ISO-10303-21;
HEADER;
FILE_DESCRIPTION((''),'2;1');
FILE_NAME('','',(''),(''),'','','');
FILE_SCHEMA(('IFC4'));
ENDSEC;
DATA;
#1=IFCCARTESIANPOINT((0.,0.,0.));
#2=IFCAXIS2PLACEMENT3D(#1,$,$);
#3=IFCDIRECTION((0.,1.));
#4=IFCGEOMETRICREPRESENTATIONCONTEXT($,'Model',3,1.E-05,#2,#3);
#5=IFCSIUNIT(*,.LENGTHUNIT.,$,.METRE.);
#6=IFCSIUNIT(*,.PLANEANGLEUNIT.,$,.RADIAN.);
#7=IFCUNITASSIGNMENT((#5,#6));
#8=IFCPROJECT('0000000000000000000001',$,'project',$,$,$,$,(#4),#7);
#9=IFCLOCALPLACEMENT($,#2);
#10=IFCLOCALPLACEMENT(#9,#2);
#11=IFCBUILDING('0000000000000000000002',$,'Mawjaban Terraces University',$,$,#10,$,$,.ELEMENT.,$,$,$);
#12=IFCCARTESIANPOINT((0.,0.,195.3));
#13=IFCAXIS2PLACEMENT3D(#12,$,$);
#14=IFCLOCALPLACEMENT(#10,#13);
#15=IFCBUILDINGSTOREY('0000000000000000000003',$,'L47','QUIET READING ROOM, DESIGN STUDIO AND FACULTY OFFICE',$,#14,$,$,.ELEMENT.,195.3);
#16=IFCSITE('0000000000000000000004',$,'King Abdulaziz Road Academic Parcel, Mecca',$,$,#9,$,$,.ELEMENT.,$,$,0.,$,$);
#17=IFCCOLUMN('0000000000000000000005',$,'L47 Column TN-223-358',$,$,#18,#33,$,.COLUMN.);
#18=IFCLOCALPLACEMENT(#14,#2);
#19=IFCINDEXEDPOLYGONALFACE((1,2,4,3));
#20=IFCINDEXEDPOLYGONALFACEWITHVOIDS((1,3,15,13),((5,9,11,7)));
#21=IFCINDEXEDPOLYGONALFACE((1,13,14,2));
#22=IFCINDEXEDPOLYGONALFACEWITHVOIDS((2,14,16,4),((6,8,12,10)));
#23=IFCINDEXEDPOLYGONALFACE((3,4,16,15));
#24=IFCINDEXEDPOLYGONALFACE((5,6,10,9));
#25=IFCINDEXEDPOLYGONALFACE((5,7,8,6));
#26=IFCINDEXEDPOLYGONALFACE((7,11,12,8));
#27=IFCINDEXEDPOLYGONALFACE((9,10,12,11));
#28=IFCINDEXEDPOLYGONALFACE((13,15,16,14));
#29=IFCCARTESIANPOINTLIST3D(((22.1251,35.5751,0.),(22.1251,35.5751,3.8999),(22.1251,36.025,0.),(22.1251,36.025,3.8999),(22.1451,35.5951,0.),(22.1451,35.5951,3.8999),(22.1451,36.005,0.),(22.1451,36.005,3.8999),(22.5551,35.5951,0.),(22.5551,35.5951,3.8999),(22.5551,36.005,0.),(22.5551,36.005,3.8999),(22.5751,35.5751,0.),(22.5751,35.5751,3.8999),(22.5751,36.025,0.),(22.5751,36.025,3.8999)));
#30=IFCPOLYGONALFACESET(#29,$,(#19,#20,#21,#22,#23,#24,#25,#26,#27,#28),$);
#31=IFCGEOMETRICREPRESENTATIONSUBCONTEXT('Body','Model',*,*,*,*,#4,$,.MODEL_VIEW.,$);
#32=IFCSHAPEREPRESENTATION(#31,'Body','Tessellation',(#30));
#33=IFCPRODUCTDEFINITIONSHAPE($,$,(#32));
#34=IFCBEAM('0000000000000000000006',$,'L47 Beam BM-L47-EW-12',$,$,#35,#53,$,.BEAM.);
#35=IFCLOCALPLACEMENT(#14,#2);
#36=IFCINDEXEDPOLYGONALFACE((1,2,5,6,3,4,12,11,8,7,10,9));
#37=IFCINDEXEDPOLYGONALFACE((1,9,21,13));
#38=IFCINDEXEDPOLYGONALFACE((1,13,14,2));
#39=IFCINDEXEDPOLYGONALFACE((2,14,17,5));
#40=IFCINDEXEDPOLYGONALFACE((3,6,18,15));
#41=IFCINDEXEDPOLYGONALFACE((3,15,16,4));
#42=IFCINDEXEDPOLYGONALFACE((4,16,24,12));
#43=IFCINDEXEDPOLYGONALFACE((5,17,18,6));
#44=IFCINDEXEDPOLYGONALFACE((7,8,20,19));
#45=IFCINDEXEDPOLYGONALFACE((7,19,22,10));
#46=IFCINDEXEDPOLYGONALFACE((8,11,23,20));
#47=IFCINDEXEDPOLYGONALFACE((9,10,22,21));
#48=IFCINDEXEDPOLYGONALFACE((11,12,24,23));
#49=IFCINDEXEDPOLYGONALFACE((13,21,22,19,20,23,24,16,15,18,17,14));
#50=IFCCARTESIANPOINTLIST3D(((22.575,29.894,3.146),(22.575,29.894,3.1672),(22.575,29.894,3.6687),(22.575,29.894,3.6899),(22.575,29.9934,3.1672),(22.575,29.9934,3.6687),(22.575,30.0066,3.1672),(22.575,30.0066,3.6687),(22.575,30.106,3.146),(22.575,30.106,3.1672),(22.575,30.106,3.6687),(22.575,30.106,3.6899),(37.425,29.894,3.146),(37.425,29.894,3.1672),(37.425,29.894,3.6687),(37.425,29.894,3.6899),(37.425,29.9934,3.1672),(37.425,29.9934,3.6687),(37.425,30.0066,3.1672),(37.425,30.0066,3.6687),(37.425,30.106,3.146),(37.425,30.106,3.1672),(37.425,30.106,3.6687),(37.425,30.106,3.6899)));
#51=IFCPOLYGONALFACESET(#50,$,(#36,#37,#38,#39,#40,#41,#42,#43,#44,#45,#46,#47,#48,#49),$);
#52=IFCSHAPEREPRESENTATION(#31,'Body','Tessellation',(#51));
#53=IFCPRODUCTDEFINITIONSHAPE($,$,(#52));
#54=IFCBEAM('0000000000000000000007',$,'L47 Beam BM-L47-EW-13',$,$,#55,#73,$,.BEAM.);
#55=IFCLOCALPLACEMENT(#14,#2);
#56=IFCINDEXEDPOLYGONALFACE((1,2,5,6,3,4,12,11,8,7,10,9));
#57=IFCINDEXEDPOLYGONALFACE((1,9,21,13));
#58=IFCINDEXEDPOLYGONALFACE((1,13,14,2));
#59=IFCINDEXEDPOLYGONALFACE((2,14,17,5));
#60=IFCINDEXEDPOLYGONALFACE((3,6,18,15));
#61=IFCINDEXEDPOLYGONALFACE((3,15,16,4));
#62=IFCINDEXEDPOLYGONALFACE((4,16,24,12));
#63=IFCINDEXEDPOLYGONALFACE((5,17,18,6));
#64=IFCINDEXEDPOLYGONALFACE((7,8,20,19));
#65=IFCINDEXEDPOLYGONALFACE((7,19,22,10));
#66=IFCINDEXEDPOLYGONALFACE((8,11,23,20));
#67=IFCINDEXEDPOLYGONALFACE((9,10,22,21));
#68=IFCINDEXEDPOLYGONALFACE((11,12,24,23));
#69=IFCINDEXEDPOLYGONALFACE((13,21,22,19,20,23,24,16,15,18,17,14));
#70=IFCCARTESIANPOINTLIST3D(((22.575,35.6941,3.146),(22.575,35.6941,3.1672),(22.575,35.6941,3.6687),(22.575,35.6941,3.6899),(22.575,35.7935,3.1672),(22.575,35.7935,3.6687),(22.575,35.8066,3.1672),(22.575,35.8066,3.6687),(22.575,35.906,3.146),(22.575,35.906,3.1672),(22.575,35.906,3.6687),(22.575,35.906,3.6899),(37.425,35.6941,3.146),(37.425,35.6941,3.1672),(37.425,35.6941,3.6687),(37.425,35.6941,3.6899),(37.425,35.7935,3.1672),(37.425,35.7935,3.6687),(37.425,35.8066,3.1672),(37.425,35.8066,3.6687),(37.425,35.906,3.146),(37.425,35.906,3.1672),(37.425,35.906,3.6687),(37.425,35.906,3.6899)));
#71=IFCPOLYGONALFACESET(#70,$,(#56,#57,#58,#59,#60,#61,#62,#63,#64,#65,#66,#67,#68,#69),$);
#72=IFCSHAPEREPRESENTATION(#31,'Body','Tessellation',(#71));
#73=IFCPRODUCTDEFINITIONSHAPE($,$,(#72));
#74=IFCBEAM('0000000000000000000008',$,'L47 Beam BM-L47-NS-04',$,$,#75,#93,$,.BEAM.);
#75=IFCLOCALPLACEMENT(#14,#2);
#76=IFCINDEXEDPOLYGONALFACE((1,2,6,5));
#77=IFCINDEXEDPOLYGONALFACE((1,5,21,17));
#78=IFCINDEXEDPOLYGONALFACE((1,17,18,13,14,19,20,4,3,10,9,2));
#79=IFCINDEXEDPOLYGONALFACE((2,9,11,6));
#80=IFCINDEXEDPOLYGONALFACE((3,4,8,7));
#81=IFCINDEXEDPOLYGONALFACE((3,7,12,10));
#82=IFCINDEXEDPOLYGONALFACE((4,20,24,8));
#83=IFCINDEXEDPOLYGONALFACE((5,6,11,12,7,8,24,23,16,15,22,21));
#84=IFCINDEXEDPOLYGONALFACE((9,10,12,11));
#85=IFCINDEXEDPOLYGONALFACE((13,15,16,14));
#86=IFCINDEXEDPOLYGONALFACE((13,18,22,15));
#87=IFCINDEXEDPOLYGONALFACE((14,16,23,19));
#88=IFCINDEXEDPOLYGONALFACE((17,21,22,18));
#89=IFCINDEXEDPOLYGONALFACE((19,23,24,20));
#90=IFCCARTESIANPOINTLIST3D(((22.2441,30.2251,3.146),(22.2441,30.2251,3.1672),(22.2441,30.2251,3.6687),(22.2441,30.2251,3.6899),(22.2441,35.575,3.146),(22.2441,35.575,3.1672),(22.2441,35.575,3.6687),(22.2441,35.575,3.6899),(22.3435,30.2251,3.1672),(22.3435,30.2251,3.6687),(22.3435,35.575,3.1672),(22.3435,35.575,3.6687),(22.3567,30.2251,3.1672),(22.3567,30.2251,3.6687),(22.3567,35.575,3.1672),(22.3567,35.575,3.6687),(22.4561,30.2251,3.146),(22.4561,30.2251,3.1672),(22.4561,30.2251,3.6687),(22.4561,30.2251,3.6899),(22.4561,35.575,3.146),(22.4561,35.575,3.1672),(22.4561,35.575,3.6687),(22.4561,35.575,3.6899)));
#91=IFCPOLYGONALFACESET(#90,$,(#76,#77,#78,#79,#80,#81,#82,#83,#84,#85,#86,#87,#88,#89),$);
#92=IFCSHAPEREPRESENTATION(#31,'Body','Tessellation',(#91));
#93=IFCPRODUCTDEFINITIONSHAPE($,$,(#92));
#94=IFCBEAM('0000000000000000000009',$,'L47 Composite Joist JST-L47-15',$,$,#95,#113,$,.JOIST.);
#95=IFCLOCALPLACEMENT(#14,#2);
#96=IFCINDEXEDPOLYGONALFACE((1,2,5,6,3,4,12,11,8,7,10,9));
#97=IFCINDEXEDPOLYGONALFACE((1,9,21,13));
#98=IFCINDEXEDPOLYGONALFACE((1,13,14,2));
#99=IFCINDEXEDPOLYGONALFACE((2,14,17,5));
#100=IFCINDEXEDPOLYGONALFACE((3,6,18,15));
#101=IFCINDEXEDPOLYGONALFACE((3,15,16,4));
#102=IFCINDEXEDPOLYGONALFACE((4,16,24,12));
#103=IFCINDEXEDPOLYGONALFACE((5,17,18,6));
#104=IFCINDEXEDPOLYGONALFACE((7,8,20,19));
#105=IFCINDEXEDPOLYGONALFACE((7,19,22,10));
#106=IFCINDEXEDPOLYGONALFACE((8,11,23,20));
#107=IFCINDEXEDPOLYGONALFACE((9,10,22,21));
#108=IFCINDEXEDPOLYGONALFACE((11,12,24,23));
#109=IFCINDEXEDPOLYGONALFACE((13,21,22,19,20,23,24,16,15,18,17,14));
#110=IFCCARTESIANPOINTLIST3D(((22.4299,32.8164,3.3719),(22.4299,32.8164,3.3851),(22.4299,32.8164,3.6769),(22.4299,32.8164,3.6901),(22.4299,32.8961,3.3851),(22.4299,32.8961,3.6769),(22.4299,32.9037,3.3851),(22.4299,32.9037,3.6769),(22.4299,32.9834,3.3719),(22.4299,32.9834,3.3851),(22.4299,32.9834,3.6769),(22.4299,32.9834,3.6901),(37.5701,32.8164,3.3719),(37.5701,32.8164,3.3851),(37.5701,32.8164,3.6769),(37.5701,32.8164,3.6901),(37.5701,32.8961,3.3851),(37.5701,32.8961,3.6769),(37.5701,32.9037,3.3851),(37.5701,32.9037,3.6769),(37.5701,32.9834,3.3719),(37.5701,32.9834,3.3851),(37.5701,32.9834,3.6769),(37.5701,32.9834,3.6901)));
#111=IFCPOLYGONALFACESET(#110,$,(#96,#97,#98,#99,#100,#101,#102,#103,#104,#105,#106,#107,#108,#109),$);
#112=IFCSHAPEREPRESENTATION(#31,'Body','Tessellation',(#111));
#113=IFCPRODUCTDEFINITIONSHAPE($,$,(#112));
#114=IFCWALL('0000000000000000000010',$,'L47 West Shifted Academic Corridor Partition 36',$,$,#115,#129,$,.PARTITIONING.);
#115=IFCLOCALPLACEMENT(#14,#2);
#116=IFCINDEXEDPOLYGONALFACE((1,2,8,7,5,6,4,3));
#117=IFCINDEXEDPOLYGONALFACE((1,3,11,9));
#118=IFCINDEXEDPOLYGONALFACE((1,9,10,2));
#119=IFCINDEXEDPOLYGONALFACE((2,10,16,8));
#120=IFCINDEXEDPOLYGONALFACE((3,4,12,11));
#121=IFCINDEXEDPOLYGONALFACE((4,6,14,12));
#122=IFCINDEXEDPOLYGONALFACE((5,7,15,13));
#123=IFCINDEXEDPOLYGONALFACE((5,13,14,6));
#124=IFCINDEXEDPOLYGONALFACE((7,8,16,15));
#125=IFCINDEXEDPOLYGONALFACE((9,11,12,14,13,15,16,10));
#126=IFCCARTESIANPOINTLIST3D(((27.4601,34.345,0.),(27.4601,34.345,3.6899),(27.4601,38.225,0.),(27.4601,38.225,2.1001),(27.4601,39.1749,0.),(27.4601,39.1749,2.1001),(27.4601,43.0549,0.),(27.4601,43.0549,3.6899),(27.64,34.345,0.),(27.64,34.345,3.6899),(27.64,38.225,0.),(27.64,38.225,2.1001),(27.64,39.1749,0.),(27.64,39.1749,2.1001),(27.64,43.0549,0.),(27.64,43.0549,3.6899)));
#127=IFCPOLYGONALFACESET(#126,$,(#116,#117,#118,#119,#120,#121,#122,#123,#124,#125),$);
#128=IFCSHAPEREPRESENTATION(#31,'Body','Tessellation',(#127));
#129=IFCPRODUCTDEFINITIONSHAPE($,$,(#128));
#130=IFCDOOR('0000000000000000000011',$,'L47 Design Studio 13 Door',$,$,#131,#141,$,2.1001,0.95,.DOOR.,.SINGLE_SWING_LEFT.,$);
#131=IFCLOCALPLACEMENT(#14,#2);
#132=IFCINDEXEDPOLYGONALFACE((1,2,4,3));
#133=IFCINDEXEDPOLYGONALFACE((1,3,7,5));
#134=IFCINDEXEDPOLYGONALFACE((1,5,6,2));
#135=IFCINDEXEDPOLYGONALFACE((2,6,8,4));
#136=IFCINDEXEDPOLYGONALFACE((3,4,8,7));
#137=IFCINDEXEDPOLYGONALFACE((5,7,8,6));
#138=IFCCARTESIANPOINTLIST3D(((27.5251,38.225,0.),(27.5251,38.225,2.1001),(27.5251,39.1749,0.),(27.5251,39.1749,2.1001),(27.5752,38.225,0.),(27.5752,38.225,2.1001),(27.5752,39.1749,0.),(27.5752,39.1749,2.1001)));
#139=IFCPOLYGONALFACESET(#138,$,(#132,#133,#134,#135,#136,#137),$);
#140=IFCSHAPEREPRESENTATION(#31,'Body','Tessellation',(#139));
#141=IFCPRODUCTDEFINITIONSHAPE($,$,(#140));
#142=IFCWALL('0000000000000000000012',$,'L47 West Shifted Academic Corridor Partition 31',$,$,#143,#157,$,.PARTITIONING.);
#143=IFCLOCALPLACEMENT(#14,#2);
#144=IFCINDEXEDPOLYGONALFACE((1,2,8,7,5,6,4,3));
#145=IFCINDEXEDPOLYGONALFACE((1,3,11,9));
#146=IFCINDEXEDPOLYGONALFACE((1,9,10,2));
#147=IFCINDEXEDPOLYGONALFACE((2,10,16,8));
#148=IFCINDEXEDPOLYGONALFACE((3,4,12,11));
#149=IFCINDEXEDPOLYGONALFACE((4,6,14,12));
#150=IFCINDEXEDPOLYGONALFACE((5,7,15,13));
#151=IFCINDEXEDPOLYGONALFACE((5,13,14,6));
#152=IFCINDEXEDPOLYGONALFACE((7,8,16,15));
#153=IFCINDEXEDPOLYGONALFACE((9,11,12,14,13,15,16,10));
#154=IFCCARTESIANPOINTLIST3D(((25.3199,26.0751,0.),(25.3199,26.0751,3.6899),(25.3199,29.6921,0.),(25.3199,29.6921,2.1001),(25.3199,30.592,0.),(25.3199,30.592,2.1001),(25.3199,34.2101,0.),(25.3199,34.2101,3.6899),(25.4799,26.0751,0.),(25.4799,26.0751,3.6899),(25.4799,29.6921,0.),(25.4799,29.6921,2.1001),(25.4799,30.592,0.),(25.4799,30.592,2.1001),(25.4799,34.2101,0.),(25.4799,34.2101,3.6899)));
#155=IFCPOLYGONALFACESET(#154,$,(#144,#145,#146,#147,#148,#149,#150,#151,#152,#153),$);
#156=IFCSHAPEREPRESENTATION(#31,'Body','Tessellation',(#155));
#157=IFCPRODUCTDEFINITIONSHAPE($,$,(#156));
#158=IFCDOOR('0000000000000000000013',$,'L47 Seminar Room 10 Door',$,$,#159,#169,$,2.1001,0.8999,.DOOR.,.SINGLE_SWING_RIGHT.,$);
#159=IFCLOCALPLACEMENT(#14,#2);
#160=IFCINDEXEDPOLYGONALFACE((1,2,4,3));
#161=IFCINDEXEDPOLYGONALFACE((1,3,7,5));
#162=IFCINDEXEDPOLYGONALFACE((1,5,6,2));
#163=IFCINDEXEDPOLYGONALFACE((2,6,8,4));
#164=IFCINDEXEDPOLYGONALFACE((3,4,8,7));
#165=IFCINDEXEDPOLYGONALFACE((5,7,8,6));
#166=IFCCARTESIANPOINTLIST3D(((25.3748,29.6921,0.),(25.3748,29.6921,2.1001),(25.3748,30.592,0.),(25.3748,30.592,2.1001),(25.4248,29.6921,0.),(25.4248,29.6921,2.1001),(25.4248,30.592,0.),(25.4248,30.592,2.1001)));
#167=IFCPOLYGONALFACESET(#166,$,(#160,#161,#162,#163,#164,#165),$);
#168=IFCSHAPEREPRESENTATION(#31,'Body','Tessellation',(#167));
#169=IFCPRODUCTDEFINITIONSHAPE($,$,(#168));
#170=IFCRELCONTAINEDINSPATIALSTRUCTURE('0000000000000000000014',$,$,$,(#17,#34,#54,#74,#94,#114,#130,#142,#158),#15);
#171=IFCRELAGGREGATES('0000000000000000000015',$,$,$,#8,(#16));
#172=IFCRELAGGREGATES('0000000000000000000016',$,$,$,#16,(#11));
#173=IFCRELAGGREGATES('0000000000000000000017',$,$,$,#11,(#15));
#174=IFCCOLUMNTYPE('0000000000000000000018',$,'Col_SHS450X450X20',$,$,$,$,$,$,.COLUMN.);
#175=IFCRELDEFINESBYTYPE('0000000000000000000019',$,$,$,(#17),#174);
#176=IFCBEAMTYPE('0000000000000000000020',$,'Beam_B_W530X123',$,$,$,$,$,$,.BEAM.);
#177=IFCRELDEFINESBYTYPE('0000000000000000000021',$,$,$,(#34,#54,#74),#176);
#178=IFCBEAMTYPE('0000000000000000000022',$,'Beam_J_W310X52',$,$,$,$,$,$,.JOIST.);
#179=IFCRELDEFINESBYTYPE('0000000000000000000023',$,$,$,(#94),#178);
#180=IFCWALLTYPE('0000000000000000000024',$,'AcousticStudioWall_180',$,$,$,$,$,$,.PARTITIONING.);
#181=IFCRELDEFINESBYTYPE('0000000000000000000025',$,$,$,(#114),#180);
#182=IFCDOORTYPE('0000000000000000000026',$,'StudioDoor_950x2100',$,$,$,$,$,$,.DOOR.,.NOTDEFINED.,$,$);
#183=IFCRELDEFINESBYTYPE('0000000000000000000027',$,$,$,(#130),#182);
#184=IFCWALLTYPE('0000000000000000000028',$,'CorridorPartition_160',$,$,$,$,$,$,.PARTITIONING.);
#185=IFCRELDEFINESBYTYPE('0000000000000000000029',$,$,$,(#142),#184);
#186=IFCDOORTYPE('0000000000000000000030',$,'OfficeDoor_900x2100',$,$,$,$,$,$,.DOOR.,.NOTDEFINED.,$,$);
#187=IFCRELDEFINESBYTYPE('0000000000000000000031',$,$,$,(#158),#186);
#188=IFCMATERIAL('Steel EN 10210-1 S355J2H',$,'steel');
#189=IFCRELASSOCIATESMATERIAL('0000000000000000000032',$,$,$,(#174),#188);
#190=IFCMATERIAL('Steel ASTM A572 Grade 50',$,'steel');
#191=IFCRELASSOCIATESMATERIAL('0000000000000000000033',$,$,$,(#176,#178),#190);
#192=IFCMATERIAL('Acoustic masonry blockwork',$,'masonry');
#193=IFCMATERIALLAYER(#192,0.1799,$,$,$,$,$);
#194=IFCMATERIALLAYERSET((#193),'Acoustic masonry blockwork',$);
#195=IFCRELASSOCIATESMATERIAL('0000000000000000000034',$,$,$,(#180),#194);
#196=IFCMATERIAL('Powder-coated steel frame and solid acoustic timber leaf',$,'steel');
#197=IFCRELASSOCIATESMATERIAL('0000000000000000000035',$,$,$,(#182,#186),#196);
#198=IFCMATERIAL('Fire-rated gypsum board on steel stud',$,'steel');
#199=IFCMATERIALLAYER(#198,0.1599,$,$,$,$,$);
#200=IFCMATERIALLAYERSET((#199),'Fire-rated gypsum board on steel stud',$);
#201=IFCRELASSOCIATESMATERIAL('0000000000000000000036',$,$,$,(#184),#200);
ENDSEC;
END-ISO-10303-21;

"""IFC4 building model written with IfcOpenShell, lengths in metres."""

from ifc_helpers import new_model, si_unit, direction, frame, frame_2d, origin, origin_2d, place, context, subcontext, project, spatial, rectangle, hollow_rectangle, i_section, extrude, material, layer, layer_set, material_profile, profile_set, type_object, element, fill, save


model = new_model("IFC4")

# Units and contexts
model_context = context("Model", 3, precision=1e-05, world=origin(), true_north=direction((0.0, 1.0)))
body_context = subcontext(model_context, "Body", "Model", "MODEL_VIEW")
ifc_project = project(units=[si_unit("LENGTHUNIT", "METRE"), si_unit("PLANEANGLEUNIT", "RADIAN")], contexts=[model_context])

# Site, building, storey
site_placement = place(None, origin())
site = spatial("IfcSite", under=ifc_project, at=site_placement, Name="King Abdulaziz Road Academic Parcel, Mecca", CompositionType="ELEMENT", RefElevation=0.0)
building_placement = place(site_placement, origin())
building = spatial("IfcBuilding", under=site, at=building_placement, Name="Mawjaban Terraces University", CompositionType="ELEMENT")
storey_placement = place(building_placement, frame((0.0, 0.0, 195.3)))
storey = spatial("IfcBuildingStorey", under=building, at=storey_placement, Name="L47", Description="QUIET READING ROOM, DESIGN STUDIO AND FACULTY OFFICE", CompositionType="ELEMENT", Elevation=195.3)

# Column
ifc_material_1 = material(Name="Steel EN 10210-1 S355J2H", Category="steel")
ifc_material_profile_1 = material_profile(ifc_material_1, hollow_rectangle(XDim=0.45, YDim=0.45, WallThickness=0.02, at=origin_2d()), Name="SHS450X450X20")
ifc_profile_set_1 = profile_set([ifc_material_profile_1], Name="Steel EN 10210-1 S355J2H")
column_type = type_object("IfcColumnType", Name="Col_SHS450X450X20", PredefinedType="COLUMN", material=ifc_profile_set_1)
column_placement = place(storey_placement, frame((22.3501, 35.8, 0.0), z_axis=(0.0, 0.0, 1.0), x_axis=(1.0, 0.0, 0.0)))
element("IfcColumn", 1, at=column_placement, inside=storey, type_object=column_type, Name="L47 Column TN-223-358", PredefinedType="COLUMN", context=body_context, shape_type="SweptSolid", body=[
    extrude(hollow_rectangle(XDim=0.45, YDim=0.45, WallThickness=0.02, at=origin_2d()), origin(), (0.0, 0.0, 1.0), 3.8999),
])

# Beams
ifc_material_2 = material(Name="Steel ASTM A572 Grade 50", Category="steel")
ifc_material_profile_2 = material_profile(ifc_material_2, i_section(OverallWidth=0.2119, OverallDepth=0.5439, WebThickness=0.0132, FlangeThickness=0.0212, at=origin_2d()), Name="W530X123")
ifc_profile_set_2 = profile_set([ifc_material_profile_2], Name="Steel ASTM A572 Grade 50")
beam_type_1 = type_object("IfcBeamType", Name="Beam_B_W530X123", PredefinedType="BEAM", material=ifc_profile_set_2)
for number, where, z_axis, x_axis, name in (
    (2, (22.575, 30.0, 3.418), (1.0, 0.0, 0.0), (0.0, 1.0, 0.0), "L47 Beam BM-L47-EW-12"),
    (3, (22.575, 35.8, 3.418), (1.0, 0.0, 0.0), (0.0, 1.0, 0.0), "L47 Beam BM-L47-EW-13"),
):
    element("IfcBeam", number, at=place(storey_placement, frame(where, z_axis=z_axis, x_axis=x_axis)), inside=storey, type_object=beam_type_1, Name=name, PredefinedType="BEAM", context=body_context, shape_type="SweptSolid", body=[
        extrude(i_section(OverallWidth=0.2119, OverallDepth=0.5439, WebThickness=0.0132, FlangeThickness=0.0212, at=origin_2d()), origin(), (0.0, 0.0, 1.0), 14.8501),
    ])
beam_1_placement = place(storey_placement, frame((22.3501, 30.2251, 3.418), z_axis=(0.0, 1.0, 0.0), x_axis=(-1.0, 0.0, 0.0)))
element("IfcBeam", 4, at=beam_1_placement, inside=storey, type_object=beam_type_1, Name="L47 Beam BM-L47-NS-04", PredefinedType="BEAM", context=body_context, shape_type="SweptSolid", body=[
    extrude(i_section(OverallWidth=0.2119, OverallDepth=0.5439, WebThickness=0.0132, FlangeThickness=0.0212, at=origin_2d()), origin(), (0.0, 0.0, 1.0), 5.3499),
])
ifc_material_profile_3 = material_profile(ifc_material_2, i_section(OverallWidth=0.167, OverallDepth=0.3181, WebThickness=0.0076, FlangeThickness=0.0132, at=origin_2d()), Name="W310X52")
ifc_profile_set_3 = profile_set([ifc_material_profile_3], Name="Steel ASTM A572 Grade 50")
beam_type_2 = type_object("IfcBeamType", Name="Beam_J_W310X52", PredefinedType="JOIST", material=ifc_profile_set_3)
beam_2_placement = place(storey_placement, frame((22.4299, 32.8999, 3.531), z_axis=(1.0, 0.0, 0.0), x_axis=(0.0, 1.0, 0.0)))
element("IfcBeam", 5, at=beam_2_placement, inside=storey, type_object=beam_type_2, Name="L47 Composite Joist JST-L47-15", PredefinedType="JOIST", context=body_context, shape_type="SweptSolid", body=[
    extrude(i_section(OverallWidth=0.167, OverallDepth=0.3181, WebThickness=0.0076, FlangeThickness=0.0132, at=origin_2d()), origin(), (0.0, 0.0, 1.0), 15.1401),
])

# Walls, openings, doors
ifc_material_3 = material(Name="Acoustic masonry blockwork", Category="masonry")
ifc_layer_1 = layer(ifc_material_3, 0.1799)
ifc_layer_set_1 = layer_set([ifc_layer_1], Name="Acoustic masonry blockwork")
wall_type_1 = type_object("IfcWallType", Name="AcousticStudioWall_180", PredefinedType="PARTITIONING", material=ifc_layer_set_1)
wall_1_placement = place(storey_placement, frame((27.55, 34.345, 0.0), z_axis=(0.0, 0.0, 1.0), x_axis=(0.0, 1.0, 0.0)))
wall_1 = element("IfcWall", 6, at=wall_1_placement, inside=storey, type_object=wall_type_1, Name="L47 West Shifted Academic Corridor Partition 36", PredefinedType="PARTITIONING", context=body_context, shape_type="SweptSolid", body=[
    extrude(rectangle(XDim=8.71, YDim=0.1799, at=frame_2d((4.355, 0.0))), origin(), (0.0, 0.0, 1.0), 3.6899),
])
opening_1_placement = place(wall_1_placement, frame((3.8799, 0.0, 0.0)))
opening_1 = element("IfcOpeningElement", 7, at=opening_1_placement, cuts=wall_1, PredefinedType="OPENING", context=body_context, shape_type="SweptSolid", body=[
    extrude(rectangle(XDim=0.95, YDim=2.1001, at=frame_2d((0.4751, 1.05))), frame((0.0, 0.0999, 0.0), z_axis=(0.0, -1.0, 0.0), x_axis=(1.0, 0.0, 0.0)), (0.0, 0.0, 1.0), 0.2),
])
ifc_material_4 = material(Name="Powder-coated steel frame and solid acoustic timber leaf", Category="steel")
door_type_1 = type_object("IfcDoorType", Name="StudioDoor_950x2100", OperationType="NOTDEFINED", PredefinedType="DOOR", material=ifc_material_4)
door_1_placement = place(opening_1_placement, origin())
door_1 = element("IfcDoor", 8, at=door_1_placement, inside=storey, type_object=door_type_1, Name="L47 Design Studio 13 Door", OperationType="SINGLE_SWING_LEFT", OverallHeight=2.1001, OverallWidth=0.95, PredefinedType="DOOR", context=body_context, shape_type="SweptSolid", body=[
    extrude(rectangle(XDim=0.95, YDim=2.1001, at=frame_2d((0.4751, 1.05))), frame((0.0, 0.0249, 0.0), z_axis=(0.0, -1.0, 0.0), x_axis=(1.0, 0.0, 0.0)), (0.0, 0.0, 1.0), 0.05),
])
fill(opening_1, door_1)
ifc_material_5 = material(Name="Fire-rated gypsum board on steel stud", Category="steel")
ifc_layer_2 = layer(ifc_material_5, 0.1599)
ifc_layer_set_2 = layer_set([ifc_layer_2], Name="Fire-rated gypsum board on steel stud")
wall_type_2 = type_object("IfcWallType", Name="CorridorPartition_160", PredefinedType="PARTITIONING", material=ifc_layer_set_2)
wall_2_placement = place(storey_placement, frame((25.3999, 34.21, 0.0), z_axis=(0.0, 0.0, 1.0), x_axis=(0.0, -1.0, 0.0)))
wall_2 = element("IfcWall", 9, at=wall_2_placement, inside=storey, type_object=wall_type_2, Name="L47 West Shifted Academic Corridor Partition 31", PredefinedType="PARTITIONING", context=body_context, shape_type="SweptSolid", body=[
    extrude(rectangle(XDim=8.135, YDim=0.1599, at=frame_2d((4.0674, 0.0))), origin(), (0.0, 0.0, 1.0), 3.6899),
])
opening_2_placement = place(wall_2_placement, frame((3.6179, 0.0, 0.0)))
opening_2 = element("IfcOpeningElement", 10, at=opening_2_placement, cuts=wall_2, PredefinedType="OPENING", context=body_context, shape_type="SweptSolid", body=[
    extrude(rectangle(XDim=0.8999, YDim=2.1001, at=frame_2d((0.45, 1.05))), frame((0.0, 0.0898, 0.0), z_axis=(0.0, -1.0, 0.0), x_axis=(1.0, 0.0, 0.0)), (0.0, 0.0, 1.0), 0.1799),
])
door_type_2 = type_object("IfcDoorType", Name="OfficeDoor_900x2100", OperationType="NOTDEFINED", PredefinedType="DOOR", material=ifc_material_4)
door_2_placement = place(opening_2_placement, origin())
door_2 = element("IfcDoor", 11, at=door_2_placement, inside=storey, type_object=door_type_2, Name="L47 Seminar Room 10 Door", OperationType="SINGLE_SWING_RIGHT", OverallHeight=2.1001, OverallWidth=0.8999, PredefinedType="DOOR", context=body_context, shape_type="SweptSolid", body=[
    extrude(rectangle(XDim=0.8999, YDim=2.1001, at=frame_2d((0.45, 1.05))), frame((0.0, 0.0249, 0.0), z_axis=(0.0, -1.0, 0.0), x_axis=(1.0, 0.0, 0.0)), (0.0, 0.0, 1.0), 0.05),
])
fill(opening_2, door_2)

save(model, "model.ifc")
